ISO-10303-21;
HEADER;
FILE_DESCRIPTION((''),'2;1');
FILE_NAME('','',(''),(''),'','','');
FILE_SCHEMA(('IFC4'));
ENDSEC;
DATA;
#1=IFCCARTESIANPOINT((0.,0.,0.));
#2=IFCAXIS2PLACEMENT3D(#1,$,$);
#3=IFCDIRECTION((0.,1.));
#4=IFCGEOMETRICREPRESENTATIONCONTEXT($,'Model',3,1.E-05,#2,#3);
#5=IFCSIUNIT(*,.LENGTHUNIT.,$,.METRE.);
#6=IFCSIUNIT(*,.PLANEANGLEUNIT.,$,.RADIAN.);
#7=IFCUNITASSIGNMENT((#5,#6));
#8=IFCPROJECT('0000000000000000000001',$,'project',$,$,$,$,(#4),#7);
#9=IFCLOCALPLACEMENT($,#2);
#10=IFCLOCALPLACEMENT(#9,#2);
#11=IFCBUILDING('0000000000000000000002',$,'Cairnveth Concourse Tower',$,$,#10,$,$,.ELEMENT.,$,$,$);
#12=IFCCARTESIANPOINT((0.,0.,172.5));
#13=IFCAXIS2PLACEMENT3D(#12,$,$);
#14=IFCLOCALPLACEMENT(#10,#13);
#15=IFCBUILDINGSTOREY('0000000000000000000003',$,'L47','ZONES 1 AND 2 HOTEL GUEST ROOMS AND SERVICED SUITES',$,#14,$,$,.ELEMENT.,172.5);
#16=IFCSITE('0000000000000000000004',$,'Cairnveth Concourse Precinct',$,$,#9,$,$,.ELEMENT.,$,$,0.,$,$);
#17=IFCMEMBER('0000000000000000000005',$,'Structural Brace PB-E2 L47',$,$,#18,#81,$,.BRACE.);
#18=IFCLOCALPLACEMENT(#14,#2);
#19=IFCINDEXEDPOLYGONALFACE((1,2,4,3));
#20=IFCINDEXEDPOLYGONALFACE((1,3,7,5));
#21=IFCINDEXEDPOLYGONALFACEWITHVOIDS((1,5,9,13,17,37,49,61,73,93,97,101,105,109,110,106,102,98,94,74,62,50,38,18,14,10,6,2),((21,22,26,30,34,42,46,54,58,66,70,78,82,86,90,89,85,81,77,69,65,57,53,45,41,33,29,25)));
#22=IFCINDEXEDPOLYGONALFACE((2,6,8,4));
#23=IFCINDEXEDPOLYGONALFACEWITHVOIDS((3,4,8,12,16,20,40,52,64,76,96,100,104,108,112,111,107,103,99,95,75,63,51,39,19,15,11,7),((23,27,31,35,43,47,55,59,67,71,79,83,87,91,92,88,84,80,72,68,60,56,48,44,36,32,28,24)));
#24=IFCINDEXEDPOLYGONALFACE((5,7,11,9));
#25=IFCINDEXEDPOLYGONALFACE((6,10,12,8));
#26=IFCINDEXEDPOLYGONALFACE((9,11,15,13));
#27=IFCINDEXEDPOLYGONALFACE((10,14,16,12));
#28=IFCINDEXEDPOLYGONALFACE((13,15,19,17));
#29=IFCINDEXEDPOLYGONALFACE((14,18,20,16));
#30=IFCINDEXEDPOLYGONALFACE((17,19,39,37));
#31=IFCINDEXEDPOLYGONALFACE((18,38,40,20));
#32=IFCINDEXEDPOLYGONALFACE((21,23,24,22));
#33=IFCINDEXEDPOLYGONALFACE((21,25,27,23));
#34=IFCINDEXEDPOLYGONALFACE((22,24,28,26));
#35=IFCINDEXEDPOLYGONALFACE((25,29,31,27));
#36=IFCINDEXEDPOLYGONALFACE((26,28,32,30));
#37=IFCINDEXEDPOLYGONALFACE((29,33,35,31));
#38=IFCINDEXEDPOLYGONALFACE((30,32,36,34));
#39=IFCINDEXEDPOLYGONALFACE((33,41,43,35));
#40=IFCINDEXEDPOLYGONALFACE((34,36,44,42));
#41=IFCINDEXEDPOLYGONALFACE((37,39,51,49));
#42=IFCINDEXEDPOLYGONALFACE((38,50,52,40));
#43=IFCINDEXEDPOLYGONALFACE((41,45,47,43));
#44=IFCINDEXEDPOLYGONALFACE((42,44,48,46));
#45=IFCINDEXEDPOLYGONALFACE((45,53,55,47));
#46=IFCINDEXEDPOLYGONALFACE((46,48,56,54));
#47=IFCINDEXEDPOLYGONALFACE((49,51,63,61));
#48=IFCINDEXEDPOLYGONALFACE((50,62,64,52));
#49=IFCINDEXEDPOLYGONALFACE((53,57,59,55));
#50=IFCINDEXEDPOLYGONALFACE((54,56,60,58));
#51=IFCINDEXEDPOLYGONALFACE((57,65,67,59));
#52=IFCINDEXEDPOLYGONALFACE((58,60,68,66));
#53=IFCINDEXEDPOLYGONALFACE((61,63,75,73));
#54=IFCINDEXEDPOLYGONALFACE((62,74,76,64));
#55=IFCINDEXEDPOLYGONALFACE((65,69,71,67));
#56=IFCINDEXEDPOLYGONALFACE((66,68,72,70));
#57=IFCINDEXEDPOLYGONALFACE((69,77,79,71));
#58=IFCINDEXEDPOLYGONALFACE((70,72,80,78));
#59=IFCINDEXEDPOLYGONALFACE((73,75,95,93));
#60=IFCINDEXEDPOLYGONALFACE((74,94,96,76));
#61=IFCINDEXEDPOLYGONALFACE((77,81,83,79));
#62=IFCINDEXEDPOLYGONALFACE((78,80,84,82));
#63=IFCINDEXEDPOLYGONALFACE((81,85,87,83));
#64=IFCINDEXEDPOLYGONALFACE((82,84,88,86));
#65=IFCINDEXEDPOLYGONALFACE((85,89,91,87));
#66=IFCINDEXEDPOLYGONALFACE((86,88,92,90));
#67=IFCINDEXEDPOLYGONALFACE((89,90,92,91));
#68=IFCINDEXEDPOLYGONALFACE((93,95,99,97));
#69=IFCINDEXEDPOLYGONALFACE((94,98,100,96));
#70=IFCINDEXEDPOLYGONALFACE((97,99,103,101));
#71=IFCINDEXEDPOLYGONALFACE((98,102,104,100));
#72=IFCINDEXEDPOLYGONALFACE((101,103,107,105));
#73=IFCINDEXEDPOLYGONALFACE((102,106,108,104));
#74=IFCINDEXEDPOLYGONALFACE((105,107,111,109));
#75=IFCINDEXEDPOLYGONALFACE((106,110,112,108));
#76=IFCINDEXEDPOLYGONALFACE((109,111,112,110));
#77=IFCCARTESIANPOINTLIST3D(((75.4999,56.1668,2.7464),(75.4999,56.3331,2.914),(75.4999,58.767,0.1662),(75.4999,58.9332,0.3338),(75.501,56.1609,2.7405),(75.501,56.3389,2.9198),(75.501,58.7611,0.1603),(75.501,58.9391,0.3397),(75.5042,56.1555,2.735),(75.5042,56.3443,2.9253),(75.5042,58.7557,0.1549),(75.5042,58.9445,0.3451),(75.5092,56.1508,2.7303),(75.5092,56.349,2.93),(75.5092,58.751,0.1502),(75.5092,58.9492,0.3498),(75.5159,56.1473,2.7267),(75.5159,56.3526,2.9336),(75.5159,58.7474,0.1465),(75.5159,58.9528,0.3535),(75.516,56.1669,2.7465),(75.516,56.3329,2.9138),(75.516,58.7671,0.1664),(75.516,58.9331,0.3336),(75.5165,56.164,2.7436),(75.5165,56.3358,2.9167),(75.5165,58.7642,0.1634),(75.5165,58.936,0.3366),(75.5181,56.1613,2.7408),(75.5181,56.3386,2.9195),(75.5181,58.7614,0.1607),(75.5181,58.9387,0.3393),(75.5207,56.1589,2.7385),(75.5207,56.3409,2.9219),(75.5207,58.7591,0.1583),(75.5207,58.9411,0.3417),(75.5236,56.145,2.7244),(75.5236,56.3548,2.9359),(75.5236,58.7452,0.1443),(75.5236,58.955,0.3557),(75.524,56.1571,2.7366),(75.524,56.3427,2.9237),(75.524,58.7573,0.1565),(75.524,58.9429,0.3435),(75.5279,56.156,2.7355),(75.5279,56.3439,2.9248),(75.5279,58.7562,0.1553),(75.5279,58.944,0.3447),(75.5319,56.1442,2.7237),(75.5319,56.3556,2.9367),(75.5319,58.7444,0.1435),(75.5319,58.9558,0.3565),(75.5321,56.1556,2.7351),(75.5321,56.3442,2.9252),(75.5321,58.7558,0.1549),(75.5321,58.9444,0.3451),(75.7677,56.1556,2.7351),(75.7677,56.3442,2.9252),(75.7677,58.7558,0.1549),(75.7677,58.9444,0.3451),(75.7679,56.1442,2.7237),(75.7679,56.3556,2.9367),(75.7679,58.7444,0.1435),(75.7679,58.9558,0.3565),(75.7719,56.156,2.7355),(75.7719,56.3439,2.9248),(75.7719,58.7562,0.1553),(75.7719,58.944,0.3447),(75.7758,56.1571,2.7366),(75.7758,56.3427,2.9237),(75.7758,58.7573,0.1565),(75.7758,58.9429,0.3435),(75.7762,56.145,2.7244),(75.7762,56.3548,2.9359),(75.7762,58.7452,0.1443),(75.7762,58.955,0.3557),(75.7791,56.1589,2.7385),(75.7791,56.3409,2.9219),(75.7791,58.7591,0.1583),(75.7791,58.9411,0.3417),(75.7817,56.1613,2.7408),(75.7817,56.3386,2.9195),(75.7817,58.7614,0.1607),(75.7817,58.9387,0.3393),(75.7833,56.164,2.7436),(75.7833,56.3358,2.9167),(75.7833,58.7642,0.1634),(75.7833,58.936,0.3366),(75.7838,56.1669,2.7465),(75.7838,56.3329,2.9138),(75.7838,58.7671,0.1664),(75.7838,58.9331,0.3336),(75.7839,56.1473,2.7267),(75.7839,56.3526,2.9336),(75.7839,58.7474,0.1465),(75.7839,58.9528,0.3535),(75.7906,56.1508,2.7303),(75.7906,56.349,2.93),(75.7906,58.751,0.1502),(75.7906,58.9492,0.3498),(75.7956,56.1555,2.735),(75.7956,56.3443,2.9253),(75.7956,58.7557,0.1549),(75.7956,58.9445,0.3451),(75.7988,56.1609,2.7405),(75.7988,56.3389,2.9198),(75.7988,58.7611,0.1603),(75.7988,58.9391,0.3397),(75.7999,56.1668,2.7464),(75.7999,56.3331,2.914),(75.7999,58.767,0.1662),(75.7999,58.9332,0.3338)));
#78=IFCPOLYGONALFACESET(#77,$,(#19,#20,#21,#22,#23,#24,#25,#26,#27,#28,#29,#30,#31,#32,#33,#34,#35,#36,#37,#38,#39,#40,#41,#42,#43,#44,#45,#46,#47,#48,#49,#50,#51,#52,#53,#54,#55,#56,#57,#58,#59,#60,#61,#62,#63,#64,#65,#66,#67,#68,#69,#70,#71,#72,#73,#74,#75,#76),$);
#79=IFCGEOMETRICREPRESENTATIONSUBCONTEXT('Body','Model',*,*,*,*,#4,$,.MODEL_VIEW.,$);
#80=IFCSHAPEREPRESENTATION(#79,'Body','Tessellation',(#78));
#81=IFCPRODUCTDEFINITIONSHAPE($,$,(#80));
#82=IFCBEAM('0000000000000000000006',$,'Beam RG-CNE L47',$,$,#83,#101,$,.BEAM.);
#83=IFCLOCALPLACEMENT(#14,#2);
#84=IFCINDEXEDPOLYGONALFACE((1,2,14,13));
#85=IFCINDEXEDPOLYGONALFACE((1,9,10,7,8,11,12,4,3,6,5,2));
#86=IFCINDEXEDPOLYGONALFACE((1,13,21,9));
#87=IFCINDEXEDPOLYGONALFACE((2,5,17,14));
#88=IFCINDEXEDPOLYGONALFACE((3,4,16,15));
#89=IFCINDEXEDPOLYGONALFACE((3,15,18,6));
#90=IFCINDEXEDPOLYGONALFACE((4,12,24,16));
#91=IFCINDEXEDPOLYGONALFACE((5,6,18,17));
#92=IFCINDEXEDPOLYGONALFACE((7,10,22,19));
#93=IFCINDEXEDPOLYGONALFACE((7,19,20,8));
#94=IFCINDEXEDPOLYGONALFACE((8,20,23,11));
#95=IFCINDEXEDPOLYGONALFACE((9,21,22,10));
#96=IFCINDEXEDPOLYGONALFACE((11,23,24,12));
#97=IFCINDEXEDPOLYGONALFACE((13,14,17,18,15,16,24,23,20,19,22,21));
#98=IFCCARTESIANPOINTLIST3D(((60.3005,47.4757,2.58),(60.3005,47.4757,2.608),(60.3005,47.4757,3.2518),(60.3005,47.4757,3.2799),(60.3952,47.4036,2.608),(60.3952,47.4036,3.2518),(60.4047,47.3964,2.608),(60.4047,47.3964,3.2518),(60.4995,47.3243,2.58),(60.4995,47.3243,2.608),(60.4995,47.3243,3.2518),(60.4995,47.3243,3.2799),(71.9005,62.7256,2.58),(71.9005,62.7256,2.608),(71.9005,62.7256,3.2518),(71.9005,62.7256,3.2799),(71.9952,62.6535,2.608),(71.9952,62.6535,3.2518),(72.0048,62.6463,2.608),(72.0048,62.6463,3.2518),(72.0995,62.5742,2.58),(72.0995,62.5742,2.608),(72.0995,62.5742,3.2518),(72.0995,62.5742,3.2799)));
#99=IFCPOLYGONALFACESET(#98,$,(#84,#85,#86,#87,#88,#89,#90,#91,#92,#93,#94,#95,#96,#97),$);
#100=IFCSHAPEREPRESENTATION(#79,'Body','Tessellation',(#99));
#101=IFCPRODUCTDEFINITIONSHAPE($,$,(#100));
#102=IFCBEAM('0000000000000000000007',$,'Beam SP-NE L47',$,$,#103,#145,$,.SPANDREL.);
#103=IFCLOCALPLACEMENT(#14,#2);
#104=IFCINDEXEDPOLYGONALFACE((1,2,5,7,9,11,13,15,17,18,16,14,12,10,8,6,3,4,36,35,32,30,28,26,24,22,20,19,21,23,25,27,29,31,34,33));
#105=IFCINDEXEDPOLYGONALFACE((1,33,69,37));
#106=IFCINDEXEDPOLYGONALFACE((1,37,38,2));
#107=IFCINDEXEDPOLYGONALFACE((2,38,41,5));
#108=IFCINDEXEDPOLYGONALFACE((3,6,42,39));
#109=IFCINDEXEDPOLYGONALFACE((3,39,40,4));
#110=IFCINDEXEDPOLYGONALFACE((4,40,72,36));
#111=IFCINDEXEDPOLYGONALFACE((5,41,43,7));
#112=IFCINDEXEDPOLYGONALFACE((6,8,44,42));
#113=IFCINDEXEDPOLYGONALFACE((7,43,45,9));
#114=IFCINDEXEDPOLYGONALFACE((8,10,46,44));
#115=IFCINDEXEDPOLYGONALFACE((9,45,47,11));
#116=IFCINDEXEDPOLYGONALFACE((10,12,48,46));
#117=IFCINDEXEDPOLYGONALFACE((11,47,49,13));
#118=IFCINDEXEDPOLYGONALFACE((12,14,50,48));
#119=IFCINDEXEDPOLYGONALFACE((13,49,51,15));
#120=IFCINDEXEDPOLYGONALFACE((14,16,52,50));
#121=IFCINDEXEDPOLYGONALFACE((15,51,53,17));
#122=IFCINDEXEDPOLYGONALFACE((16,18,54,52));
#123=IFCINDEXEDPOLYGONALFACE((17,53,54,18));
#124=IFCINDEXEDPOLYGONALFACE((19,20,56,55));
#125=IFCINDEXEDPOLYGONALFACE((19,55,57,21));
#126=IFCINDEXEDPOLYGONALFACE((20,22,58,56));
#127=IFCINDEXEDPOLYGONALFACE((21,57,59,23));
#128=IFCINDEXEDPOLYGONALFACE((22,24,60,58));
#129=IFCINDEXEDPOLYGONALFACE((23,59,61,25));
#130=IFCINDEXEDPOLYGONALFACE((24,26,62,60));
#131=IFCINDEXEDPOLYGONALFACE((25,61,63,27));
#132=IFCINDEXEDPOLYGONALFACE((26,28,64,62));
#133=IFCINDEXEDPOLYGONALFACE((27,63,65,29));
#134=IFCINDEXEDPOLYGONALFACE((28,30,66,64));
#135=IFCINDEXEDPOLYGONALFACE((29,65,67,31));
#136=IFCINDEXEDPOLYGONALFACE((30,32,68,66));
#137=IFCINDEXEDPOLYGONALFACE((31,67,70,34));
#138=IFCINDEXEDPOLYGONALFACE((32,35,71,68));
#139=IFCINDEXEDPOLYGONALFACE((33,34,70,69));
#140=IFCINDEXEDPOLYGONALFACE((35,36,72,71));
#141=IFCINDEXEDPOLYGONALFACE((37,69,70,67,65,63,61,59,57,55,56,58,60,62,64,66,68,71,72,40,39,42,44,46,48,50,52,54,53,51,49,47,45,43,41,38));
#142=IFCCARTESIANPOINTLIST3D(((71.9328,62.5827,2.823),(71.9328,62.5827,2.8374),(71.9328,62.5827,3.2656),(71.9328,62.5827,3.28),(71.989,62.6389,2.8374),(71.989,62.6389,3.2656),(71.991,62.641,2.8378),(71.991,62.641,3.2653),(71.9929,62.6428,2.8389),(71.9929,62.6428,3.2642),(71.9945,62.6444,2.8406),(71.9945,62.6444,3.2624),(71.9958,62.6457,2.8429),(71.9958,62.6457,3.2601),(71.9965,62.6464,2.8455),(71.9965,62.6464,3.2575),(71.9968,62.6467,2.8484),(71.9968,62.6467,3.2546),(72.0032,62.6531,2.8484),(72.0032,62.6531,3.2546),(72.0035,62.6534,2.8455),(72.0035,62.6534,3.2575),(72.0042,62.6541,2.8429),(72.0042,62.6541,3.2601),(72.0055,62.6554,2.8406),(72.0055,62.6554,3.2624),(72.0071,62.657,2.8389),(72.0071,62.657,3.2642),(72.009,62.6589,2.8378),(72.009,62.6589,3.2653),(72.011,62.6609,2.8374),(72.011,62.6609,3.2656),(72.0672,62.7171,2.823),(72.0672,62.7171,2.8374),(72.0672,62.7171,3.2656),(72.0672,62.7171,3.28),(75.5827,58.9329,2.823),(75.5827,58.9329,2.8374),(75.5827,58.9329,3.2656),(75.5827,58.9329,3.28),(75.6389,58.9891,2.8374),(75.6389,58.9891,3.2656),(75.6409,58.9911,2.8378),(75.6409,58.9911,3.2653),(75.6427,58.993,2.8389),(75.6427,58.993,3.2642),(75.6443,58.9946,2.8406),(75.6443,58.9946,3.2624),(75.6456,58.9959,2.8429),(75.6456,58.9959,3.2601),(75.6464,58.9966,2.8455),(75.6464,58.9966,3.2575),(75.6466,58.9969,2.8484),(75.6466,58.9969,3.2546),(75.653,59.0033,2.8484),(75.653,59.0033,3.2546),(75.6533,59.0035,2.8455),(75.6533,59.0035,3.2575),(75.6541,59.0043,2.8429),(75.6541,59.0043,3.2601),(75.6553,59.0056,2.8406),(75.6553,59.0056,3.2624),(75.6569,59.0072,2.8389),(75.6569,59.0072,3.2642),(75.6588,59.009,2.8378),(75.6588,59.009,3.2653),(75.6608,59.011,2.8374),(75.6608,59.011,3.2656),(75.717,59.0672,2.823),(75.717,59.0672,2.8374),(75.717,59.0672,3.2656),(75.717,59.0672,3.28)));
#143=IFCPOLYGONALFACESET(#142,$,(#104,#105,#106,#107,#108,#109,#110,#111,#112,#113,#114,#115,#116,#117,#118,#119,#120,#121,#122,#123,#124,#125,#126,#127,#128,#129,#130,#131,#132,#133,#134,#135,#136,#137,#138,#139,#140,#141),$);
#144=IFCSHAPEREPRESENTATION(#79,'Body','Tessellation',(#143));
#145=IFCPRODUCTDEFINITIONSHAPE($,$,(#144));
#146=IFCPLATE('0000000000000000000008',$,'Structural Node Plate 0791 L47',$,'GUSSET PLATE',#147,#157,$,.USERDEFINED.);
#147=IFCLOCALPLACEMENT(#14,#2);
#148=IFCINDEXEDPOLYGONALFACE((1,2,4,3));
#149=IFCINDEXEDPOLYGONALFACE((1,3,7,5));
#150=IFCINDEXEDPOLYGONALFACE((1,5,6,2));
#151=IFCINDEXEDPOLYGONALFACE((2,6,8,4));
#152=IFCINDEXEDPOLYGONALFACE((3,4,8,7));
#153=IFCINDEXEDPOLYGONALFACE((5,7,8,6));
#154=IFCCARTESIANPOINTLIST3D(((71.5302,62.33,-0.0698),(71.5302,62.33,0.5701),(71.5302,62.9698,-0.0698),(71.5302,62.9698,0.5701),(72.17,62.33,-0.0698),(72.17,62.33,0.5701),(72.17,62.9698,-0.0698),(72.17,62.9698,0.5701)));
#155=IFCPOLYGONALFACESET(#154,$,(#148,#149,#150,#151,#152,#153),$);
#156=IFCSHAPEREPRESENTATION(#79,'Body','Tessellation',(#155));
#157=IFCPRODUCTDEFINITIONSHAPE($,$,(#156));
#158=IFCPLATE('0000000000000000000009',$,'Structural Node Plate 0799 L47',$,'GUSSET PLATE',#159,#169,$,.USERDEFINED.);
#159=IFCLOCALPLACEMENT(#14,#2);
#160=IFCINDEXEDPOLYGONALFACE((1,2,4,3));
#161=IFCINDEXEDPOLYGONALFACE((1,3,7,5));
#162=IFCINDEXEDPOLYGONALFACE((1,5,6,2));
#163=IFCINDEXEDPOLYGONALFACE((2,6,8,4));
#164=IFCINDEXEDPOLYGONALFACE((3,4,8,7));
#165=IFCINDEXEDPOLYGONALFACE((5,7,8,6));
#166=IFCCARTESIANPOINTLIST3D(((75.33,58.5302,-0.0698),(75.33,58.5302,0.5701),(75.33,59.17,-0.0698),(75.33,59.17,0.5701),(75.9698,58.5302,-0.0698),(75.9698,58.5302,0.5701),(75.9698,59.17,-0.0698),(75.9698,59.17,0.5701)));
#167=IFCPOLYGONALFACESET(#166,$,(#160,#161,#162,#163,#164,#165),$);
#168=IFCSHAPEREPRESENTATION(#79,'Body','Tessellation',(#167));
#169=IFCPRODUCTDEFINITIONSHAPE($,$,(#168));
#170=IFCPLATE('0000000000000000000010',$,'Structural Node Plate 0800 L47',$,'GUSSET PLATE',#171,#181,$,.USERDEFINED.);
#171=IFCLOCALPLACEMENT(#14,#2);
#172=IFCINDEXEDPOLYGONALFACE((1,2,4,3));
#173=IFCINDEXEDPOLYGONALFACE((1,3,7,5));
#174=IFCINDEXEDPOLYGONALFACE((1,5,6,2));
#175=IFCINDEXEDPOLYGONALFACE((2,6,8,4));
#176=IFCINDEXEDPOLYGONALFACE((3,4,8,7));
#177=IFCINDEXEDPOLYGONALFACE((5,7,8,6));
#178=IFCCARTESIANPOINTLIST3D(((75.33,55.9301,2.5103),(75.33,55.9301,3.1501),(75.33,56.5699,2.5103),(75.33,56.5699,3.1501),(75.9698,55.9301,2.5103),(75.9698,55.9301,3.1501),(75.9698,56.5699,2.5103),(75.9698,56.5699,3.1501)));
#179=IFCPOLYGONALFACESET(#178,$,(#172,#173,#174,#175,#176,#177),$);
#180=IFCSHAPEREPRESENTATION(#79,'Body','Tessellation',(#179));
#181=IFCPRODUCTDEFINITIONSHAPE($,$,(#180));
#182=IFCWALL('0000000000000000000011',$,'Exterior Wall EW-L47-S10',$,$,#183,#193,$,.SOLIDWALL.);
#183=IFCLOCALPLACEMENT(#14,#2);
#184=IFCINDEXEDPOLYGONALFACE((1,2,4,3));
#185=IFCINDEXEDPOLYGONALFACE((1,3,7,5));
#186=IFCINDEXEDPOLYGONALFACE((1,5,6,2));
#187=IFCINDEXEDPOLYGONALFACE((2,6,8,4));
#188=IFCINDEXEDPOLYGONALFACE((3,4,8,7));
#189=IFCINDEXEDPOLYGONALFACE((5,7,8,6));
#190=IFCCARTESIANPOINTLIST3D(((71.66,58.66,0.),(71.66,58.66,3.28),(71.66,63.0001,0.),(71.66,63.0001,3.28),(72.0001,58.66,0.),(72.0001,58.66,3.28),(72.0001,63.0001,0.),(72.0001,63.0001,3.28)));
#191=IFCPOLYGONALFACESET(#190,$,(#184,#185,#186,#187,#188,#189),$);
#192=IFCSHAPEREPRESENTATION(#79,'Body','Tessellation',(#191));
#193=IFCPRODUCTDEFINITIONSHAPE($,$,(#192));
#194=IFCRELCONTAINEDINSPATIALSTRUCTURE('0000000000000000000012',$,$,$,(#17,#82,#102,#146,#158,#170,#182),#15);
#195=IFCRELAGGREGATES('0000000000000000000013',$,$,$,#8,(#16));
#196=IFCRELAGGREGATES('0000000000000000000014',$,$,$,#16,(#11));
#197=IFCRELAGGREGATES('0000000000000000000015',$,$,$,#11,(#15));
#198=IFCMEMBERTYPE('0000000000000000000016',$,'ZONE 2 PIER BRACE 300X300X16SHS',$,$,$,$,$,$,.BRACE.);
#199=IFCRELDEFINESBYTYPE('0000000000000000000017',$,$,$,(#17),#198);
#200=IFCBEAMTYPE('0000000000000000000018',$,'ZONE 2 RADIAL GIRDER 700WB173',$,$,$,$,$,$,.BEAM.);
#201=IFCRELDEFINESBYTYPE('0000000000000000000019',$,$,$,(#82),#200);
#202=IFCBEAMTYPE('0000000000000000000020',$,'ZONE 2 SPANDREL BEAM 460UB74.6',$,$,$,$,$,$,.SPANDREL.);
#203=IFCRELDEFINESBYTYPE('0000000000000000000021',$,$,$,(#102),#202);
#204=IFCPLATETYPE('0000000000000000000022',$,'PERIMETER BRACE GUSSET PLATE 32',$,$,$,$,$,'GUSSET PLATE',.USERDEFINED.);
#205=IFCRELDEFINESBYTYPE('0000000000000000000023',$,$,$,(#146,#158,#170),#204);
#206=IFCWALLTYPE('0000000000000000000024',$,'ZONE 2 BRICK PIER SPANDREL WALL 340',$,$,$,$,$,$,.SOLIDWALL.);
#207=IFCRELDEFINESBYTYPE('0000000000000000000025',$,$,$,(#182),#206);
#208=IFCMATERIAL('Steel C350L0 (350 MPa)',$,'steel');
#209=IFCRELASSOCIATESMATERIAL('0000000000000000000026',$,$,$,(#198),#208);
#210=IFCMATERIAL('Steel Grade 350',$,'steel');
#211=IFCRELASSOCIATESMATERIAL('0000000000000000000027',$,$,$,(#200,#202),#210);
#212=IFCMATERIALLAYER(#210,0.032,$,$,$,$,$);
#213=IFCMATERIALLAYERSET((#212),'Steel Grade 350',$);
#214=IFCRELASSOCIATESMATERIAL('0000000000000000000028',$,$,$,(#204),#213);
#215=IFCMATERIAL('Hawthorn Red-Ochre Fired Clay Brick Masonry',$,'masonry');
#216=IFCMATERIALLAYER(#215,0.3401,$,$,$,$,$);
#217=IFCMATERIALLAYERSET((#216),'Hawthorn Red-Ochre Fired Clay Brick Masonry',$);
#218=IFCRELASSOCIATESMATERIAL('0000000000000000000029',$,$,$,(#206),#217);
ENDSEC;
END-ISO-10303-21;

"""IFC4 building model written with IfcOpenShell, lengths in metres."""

from ifc_helpers import new_model, si_unit, direction, frame, frame_2d, origin, origin_2d, place, context, subcontext, project, spatial, rectangle, hollow_rectangle, i_section, extrude, material, layer, layer_set, material_profile, profile_set, type_object, element, save


model = new_model("IFC4")

# Units and contexts
model_context = context("Model", 3, precision=1e-05, world=origin(), true_north=direction((0.0, 1.0)))
body_context = subcontext(model_context, "Body", "Model", "MODEL_VIEW")
ifc_project = project(units=[si_unit("LENGTHUNIT", "METRE"), si_unit("PLANEANGLEUNIT", "RADIAN")], contexts=[model_context])

# Site, building, storey
site_placement = place(None, origin())
site = spatial("IfcSite", under=ifc_project, at=site_placement, Name="Cairnveth Concourse Precinct", CompositionType="ELEMENT", RefElevation=0.0)
building_placement = place(site_placement, origin())
building = spatial("IfcBuilding", under=site, at=building_placement, Name="Cairnveth Concourse Tower", CompositionType="ELEMENT")
storey_placement = place(building_placement, frame((0.0, 0.0, 172.5)))
storey = spatial("IfcBuildingStorey", under=building, at=storey_placement, Name="L47", Description="ZONES 1 AND 2 HOTEL GUEST ROOMS AND SERVICED SUITES", CompositionType="ELEMENT", Elevation=172.5)

# Shared definitions
ifc_material_1 = material(Name="Steel Grade 350", Category="steel")

# Member
ifc_material_2 = material(Name="Steel C350L0 (350 MPa)", Category="steel")
ifc_material_profile_1 = material_profile(ifc_material_2, hollow_rectangle(XDim=0.3, YDim=0.3, WallThickness=0.0161, InnerFilletRadius=0.0161, OuterFilletRadius=0.032, at=origin_2d()), Name="300x300x16.0SHS")
ifc_profile_set_1 = profile_set([ifc_material_profile_1], Name="Steel C350L0 (350 MPa)")
member_type = type_object("IfcMemberType", Name="ZONE 2 PIER BRACE 300X300X16SHS", PredefinedType="BRACE", material=ifc_profile_set_1)
for number, where, z_axis, x_axis, name in (
    (1, (75.6499, 58.8501, 0.25), (0.0, -0.709834, 0.704369), (1.0, 0.0, 0.0), "Structural Brace PB-E2 L47"),
):
    element("IfcMember", number, at=place(storey_placement, frame(where, z_axis=z_axis, x_axis=x_axis)), inside=storey, type_object=member_type, Name=name, PredefinedType="BRACE", context=body_context, shape_type="SweptSolid", body=[
        extrude(hollow_rectangle(XDim=0.3, YDim=0.3, WallThickness=0.0161, InnerFilletRadius=0.0161, OuterFilletRadius=0.032, at=origin_2d()), origin(), (0.0, 0.0, 1.0), 3.6631),
    ])

# Beams
ifc_material_profile_2 = material_profile(ifc_material_1, i_section(OverallWidth=0.25, OverallDepth=0.7, WebThickness=0.012, FlangeThickness=0.0281, at=origin_2d()), Name="700WB173")
ifc_profile_set_2 = profile_set([ifc_material_profile_2], Name="Steel Grade 350")
beam_type_1 = type_object("IfcBeamType", Name="ZONE 2 RADIAL GIRDER 700WB173", PredefinedType="BEAM", material=ifc_profile_set_2)
beam_1_placement = place(storey_placement, frame((72.0, 62.6499, 2.9299), z_axis=(-0.605417, -0.795908, 0.0), x_axis=(0.795908, -0.605417, 0.0)))
element("IfcBeam", 2, at=beam_1_placement, inside=storey, type_object=beam_type_1, Name="Beam RG-CNE L47", PredefinedType="BEAM", context=body_context, shape_type="SweptSolid", body=[
    extrude(i_section(OverallWidth=0.25, OverallDepth=0.7, WebThickness=0.012, FlangeThickness=0.0281, at=origin_2d()), origin(), (0.0, 0.0, 1.0), 19.1604),
])
ifc_material_profile_3 = material_profile(ifc_material_1, i_section(OverallWidth=0.1899, OverallDepth=0.457, WebThickness=0.009, FlangeThickness=0.0144, FilletRadius=0.011, at=origin_2d()), Name="460UB74.6")
ifc_profile_set_3 = profile_set([ifc_material_profile_3], Name="Steel Grade 350")
beam_type_2 = type_object("IfcBeamType", Name="ZONE 2 SPANDREL BEAM 460UB74.6", PredefinedType="SPANDREL", material=ifc_profile_set_3)
beam_2_placement = place(storey_placement, frame((72.0, 62.6499, 3.0515), z_axis=(0.707107, -0.707107, 0.0), x_axis=(0.707107, 0.707107, 0.0)))
element("IfcBeam", 3, at=beam_2_placement, inside=storey, type_object=beam_type_2, Name="Beam SP-NE L47", PredefinedType="SPANDREL", context=body_context, shape_type="SweptSolid", body=[
    extrude(i_section(OverallWidth=0.1899, OverallDepth=0.457, WebThickness=0.009, FlangeThickness=0.0144, FilletRadius=0.011, at=origin_2d()), origin(), (0.0, 0.0, 1.0), 5.1616),
])

# Plates
ifc_layer_1 = layer(ifc_material_1, 0.032)
ifc_layer_set_1 = layer_set([ifc_layer_1], Name="Steel Grade 350")
plate_type = type_object("IfcPlateType", Name="PERIMETER BRACE GUSSET PLATE 32", ElementType="GUSSET PLATE", PredefinedType="USERDEFINED", material=ifc_layer_set_1)
for number, where, z_axis, x_axis, name in (
    (4, (71.8501, 62.6499, -0.0698), (0.0, 0.0, 1.0), (1.0, 0.0, 0.0), "Structural Node Plate 0791 L47"),
    (5, (75.6499, 58.8501, -0.0698), (0.0, 0.0, 1.0), (1.0, 0.0, 0.0), "Structural Node Plate 0799 L47"),
    (6, (75.6499, 56.25, 2.5103), (0.0, 0.0, 1.0), (1.0, 0.0, 0.0), "Structural Node Plate 0800 L47"),
):
    element("IfcPlate", number, at=place(storey_placement, frame(where, z_axis=z_axis, x_axis=x_axis)), inside=storey, type_object=plate_type, Name=name, ObjectType="GUSSET PLATE", PredefinedType="USERDEFINED", context=body_context, shape_type="SweptSolid", body=[
        extrude(rectangle(XDim=0.6399, YDim=0.6399, at=origin_2d()), origin(), (0.0, 0.0, 1.0), 0.6399),
    ])

# Wall
ifc_material_3 = material(Name="Hawthorn Red-Ochre Fired Clay Brick Masonry", Category="masonry")
ifc_layer_2 = layer(ifc_material_3, 0.3401)
ifc_layer_set_2 = layer_set([ifc_layer_2], Name="Hawthorn Red-Ochre Fired Clay Brick Masonry")
wall_type = type_object("IfcWallType", Name="ZONE 2 BRICK PIER SPANDREL WALL 340", PredefinedType="SOLIDWALL", material=ifc_layer_set_2)
wall_1_placement = place(storey_placement, frame((71.8301, 63.0, 0.0), z_axis=(0.0, 0.0, 1.0), x_axis=(0.0, -1.0, 0.0)))
element("IfcWall", 7, at=wall_1_placement, inside=storey, type_object=wall_type, Name="Exterior Wall EW-L47-S10", PredefinedType="SOLIDWALL", context=body_context, shape_type="SweptSolid", body=[
    extrude(rectangle(XDim=4.3401, YDim=0.3401, at=frame_2d((2.1699, 0.0))), origin(), (0.0, 0.0, 1.0), 3.28),
])

save(model, "model.ifc")
